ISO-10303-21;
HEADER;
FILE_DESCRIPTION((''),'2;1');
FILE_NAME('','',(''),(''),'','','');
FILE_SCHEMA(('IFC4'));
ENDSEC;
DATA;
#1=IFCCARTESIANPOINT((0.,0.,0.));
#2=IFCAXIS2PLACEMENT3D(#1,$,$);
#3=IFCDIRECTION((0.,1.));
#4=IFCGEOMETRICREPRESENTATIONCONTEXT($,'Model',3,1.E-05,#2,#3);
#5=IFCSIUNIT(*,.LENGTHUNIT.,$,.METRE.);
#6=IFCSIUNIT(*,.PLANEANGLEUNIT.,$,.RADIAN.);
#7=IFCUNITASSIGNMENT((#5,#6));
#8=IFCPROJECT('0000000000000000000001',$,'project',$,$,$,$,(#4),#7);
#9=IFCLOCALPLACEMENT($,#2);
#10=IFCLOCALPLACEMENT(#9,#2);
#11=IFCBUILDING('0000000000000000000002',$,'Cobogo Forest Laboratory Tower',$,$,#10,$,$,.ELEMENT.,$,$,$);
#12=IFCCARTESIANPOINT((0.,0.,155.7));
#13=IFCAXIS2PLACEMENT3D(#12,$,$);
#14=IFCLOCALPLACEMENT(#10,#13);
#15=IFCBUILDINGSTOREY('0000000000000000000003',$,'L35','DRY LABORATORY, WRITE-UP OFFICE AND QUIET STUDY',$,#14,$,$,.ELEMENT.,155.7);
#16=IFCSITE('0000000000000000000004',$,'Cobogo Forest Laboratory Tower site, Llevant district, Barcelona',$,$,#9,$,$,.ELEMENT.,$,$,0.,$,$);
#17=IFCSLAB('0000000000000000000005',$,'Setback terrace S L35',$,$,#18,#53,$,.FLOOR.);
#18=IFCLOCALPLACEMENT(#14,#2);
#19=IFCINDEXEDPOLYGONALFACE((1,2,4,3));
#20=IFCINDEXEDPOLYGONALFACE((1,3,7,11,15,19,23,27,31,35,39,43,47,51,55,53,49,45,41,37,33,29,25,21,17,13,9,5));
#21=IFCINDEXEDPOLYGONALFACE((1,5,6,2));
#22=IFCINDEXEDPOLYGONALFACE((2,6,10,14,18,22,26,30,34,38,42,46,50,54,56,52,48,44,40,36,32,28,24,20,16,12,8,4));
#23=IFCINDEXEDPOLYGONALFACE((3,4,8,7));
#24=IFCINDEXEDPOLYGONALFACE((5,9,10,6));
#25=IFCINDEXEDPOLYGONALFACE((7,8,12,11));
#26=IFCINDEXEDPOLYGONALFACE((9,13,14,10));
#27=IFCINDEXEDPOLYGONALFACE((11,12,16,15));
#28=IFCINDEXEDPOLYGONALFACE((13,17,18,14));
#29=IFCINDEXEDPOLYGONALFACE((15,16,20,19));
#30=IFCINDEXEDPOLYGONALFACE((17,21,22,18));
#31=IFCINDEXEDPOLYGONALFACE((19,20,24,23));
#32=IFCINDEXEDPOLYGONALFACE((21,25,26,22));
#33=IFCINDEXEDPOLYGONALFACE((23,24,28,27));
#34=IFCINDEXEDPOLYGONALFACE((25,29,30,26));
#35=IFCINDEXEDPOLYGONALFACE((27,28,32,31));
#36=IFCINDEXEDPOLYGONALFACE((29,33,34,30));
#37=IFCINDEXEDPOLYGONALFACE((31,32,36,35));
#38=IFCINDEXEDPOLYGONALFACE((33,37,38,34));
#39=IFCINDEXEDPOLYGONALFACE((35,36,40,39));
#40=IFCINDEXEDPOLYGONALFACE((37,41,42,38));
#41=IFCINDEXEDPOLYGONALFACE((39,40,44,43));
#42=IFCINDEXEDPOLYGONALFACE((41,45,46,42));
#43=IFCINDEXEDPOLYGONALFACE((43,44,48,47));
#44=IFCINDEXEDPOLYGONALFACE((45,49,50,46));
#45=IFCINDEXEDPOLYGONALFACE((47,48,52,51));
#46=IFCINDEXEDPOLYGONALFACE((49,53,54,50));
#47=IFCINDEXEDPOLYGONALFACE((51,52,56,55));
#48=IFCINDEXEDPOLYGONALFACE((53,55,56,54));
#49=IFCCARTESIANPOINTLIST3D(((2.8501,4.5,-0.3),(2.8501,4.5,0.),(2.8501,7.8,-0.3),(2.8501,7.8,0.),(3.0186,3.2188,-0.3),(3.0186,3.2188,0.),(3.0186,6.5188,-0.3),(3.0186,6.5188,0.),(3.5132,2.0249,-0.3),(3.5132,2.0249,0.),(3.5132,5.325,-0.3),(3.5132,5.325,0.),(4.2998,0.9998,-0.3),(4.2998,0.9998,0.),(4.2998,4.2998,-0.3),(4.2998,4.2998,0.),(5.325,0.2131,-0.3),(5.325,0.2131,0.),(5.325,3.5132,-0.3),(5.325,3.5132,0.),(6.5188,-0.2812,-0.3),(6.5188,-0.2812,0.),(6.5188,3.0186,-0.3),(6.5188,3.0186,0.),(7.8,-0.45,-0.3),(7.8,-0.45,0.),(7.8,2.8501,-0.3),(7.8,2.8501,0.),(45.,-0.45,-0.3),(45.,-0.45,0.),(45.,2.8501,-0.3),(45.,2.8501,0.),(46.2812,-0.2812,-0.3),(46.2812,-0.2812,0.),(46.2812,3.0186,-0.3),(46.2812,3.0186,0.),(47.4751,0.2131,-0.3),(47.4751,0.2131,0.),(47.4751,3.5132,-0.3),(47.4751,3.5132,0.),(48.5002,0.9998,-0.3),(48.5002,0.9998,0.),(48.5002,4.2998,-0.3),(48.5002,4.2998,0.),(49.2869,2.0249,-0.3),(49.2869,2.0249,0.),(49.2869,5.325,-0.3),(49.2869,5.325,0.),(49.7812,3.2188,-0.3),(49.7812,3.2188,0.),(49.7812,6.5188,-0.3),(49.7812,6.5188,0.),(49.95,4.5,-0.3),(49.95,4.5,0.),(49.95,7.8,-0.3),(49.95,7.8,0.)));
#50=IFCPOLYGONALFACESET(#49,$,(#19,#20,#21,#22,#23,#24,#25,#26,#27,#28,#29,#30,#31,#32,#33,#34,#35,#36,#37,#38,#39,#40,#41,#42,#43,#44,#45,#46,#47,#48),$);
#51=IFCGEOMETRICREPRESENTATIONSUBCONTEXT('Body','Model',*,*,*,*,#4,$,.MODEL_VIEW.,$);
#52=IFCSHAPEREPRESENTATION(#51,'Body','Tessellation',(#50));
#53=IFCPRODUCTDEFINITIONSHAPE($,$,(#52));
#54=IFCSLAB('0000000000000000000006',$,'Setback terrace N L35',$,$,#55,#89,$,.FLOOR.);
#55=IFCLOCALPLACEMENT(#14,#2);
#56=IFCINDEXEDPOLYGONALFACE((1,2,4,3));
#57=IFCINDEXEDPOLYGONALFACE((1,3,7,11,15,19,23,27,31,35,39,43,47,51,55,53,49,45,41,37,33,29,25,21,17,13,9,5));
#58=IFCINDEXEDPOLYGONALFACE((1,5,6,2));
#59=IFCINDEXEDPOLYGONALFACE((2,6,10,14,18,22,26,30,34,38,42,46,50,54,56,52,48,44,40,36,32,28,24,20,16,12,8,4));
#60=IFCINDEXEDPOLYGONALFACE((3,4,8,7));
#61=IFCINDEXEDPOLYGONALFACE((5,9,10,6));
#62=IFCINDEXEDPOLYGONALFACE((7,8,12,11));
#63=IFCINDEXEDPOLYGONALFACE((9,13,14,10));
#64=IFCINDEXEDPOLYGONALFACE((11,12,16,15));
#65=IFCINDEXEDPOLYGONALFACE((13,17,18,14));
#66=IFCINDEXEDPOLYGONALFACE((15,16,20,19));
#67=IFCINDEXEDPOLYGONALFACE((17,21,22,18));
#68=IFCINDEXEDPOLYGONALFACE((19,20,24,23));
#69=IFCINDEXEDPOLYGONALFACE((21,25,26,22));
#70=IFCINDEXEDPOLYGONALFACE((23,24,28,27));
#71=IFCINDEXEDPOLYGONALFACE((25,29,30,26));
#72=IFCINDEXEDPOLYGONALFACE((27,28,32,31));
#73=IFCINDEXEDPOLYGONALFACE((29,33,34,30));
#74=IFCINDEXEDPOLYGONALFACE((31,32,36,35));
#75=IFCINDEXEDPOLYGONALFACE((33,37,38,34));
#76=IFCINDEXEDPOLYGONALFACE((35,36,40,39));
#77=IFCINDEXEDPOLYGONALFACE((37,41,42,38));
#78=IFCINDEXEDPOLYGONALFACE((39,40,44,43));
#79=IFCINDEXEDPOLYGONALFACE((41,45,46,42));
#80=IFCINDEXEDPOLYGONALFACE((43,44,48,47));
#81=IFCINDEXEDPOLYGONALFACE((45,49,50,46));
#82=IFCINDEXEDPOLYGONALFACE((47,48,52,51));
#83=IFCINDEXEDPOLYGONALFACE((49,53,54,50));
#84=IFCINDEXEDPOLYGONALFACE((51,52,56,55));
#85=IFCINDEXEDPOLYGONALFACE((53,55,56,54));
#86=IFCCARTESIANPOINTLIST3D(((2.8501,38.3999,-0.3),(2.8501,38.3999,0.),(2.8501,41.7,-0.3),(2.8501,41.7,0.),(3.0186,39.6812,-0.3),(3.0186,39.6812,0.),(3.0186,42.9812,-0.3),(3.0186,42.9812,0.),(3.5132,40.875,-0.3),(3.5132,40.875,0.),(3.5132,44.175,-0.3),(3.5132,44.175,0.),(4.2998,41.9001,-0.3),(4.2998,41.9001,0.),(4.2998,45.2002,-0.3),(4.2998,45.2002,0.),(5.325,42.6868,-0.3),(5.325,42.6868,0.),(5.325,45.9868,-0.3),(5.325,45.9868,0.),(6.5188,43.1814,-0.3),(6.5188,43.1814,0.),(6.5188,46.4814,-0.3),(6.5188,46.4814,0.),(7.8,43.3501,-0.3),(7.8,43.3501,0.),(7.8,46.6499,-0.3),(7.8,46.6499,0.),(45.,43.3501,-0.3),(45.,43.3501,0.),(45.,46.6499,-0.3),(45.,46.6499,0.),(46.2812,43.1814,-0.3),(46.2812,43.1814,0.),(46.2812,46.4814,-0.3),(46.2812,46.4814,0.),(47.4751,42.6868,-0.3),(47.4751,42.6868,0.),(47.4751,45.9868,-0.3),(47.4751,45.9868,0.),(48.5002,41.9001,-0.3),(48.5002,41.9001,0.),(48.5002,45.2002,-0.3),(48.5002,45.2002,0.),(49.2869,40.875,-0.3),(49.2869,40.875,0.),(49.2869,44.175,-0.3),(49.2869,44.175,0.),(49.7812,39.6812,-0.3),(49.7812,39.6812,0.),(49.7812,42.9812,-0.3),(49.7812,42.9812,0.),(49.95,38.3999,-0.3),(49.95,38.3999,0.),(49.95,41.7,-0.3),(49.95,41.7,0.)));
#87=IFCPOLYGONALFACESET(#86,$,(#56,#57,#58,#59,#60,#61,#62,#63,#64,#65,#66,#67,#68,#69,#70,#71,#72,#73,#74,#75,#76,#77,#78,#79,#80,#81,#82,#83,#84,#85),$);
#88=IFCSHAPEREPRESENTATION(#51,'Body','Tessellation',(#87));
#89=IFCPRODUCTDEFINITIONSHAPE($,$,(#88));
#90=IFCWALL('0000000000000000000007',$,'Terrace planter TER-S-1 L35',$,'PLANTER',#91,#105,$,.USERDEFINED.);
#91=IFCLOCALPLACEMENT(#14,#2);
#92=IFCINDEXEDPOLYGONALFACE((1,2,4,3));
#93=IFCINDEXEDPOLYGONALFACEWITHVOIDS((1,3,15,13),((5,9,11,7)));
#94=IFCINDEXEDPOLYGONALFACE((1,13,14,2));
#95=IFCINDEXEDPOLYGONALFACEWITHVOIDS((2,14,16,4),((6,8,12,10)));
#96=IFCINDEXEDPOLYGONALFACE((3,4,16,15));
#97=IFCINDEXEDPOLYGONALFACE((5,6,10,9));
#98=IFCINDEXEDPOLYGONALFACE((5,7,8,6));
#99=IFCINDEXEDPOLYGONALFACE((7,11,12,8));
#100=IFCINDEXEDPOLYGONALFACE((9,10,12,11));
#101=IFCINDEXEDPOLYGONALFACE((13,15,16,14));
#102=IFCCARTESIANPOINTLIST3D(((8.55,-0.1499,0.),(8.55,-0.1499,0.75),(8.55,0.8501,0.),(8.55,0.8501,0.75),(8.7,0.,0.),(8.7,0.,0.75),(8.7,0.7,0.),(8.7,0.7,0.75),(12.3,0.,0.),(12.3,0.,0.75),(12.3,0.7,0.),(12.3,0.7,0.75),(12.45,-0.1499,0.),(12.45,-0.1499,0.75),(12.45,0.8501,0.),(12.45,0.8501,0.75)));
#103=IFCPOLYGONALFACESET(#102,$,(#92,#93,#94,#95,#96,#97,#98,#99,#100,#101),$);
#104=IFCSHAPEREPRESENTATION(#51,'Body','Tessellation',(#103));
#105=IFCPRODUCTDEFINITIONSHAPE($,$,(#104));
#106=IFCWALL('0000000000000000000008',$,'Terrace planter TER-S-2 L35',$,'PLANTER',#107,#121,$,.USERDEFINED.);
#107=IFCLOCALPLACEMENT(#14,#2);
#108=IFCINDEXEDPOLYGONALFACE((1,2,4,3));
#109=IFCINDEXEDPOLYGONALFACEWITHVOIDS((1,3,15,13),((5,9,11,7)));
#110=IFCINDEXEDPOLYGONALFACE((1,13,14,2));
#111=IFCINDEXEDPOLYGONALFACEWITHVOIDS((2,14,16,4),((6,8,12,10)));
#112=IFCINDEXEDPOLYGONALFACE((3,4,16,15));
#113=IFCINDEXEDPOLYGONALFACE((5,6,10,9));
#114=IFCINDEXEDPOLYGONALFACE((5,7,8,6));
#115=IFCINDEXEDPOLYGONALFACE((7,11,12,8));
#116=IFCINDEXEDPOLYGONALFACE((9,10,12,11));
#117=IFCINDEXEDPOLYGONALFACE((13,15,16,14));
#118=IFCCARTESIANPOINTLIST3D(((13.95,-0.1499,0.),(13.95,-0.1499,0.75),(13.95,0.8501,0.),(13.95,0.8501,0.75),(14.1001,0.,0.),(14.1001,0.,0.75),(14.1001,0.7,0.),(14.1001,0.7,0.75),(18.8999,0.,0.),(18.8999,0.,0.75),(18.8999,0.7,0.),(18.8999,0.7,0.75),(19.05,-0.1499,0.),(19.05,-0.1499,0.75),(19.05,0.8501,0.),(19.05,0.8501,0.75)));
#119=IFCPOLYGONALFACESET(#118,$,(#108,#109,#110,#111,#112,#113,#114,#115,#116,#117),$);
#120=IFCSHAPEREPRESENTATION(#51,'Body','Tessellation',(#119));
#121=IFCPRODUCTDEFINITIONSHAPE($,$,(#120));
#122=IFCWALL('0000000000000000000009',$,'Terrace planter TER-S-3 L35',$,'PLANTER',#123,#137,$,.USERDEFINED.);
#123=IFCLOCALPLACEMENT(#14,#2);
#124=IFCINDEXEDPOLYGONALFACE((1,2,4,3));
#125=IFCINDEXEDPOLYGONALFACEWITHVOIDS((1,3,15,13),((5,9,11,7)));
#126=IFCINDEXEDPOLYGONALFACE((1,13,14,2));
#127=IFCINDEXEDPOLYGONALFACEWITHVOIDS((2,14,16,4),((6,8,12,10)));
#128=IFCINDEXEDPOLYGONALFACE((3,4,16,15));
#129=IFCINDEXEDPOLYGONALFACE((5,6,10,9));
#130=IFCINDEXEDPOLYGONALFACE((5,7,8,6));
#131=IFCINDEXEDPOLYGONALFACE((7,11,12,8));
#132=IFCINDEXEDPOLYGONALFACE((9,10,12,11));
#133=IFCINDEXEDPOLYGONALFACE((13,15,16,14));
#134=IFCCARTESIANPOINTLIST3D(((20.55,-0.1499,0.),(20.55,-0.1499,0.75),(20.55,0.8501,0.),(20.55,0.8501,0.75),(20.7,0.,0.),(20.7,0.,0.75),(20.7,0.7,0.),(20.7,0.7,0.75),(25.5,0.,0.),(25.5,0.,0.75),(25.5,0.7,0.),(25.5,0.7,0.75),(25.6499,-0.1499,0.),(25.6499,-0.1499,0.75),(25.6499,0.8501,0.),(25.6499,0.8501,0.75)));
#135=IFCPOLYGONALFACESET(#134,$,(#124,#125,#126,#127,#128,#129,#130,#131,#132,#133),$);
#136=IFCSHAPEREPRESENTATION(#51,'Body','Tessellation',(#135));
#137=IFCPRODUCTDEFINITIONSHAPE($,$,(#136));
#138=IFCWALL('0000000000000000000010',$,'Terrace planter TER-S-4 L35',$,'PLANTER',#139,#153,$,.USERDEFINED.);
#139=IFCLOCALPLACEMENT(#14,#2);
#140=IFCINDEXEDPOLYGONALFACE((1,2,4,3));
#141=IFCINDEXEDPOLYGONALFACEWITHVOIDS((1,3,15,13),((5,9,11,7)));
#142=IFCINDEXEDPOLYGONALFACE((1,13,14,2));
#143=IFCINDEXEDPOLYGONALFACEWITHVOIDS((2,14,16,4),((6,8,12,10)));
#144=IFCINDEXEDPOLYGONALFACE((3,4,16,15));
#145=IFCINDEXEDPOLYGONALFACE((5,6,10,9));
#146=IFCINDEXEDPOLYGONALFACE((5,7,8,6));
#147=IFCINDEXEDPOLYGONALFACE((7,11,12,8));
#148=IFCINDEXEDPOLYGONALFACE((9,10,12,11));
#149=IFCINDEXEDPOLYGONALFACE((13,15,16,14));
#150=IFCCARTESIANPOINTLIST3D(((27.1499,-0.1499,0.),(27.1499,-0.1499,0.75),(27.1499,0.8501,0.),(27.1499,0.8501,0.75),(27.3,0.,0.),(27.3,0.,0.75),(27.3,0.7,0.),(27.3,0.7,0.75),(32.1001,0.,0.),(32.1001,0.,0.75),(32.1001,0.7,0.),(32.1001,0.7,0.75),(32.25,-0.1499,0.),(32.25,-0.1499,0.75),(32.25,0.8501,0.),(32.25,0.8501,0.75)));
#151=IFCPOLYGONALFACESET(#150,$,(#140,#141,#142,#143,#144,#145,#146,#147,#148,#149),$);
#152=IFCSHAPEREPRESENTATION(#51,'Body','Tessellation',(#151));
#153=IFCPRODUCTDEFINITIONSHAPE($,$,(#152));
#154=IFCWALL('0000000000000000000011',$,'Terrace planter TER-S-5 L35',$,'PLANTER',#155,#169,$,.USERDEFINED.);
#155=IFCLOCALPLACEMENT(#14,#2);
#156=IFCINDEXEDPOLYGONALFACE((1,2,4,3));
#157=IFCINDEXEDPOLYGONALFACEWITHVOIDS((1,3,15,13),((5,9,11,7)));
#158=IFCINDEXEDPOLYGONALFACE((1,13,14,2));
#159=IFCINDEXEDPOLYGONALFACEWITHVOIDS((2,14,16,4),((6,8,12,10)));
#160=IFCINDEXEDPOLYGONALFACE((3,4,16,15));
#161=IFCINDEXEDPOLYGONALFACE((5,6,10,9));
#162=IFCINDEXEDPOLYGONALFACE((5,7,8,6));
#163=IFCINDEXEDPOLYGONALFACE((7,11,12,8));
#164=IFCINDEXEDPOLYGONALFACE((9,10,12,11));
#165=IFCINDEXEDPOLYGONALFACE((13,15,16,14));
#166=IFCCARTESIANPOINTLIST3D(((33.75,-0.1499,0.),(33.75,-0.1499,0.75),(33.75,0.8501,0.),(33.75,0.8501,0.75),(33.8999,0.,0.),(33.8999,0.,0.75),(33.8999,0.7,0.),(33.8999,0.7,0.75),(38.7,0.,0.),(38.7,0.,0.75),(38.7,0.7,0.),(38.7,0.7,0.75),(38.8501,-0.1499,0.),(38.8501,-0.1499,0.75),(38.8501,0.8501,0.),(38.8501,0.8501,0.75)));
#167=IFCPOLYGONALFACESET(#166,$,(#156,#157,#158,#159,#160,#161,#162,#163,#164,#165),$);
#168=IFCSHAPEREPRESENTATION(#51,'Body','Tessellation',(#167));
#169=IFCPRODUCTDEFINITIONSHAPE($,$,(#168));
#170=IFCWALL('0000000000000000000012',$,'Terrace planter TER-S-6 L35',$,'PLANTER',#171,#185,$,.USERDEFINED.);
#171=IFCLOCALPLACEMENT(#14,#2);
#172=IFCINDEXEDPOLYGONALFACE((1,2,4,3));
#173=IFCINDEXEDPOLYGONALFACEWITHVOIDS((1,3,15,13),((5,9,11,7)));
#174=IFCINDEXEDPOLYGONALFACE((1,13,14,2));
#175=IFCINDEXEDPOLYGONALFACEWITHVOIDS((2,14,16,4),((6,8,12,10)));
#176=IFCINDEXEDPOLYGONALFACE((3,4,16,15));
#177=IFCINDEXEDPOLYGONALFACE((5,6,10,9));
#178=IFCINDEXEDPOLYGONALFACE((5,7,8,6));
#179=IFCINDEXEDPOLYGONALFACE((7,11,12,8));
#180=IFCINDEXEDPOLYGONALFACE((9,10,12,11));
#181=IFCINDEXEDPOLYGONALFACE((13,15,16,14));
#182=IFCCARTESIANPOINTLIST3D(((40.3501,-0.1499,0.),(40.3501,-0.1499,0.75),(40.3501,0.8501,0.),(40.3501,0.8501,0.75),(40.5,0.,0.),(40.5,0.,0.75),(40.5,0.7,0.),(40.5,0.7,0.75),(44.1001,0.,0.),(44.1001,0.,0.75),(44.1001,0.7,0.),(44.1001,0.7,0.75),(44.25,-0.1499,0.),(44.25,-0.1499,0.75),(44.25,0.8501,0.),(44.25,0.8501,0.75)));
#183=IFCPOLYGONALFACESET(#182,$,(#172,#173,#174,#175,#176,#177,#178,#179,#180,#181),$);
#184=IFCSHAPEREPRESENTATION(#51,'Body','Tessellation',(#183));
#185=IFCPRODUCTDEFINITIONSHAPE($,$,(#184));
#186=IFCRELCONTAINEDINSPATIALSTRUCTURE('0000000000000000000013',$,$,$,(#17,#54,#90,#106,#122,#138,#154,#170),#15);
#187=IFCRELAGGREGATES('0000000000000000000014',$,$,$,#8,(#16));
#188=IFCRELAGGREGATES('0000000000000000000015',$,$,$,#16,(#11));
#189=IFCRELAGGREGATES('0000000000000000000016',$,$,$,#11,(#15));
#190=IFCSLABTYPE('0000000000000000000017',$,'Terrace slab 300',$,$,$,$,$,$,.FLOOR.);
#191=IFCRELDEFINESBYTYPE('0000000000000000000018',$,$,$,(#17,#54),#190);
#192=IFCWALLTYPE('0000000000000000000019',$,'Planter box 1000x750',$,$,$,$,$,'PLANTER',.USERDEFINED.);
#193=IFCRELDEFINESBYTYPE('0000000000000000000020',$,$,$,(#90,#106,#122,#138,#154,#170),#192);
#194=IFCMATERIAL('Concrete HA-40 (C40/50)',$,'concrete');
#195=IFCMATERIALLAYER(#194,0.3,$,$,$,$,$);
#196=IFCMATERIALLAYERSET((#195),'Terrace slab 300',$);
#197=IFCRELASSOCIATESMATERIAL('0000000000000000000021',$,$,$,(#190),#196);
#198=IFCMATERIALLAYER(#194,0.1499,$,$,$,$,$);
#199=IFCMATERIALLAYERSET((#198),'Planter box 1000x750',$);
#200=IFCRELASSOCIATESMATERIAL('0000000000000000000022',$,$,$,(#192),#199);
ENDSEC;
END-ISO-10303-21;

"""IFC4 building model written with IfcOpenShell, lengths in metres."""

from ifc_helpers import new_model, si_unit, direction, frame, origin, place, context, subcontext, project, spatial, polyline, outline, extrude, material, layer, layer_set, type_object, element, save


model = new_model("IFC4")

# Units and contexts
model_context = context("Model", 3, precision=1e-05, world=origin(), true_north=direction((0.0, 1.0)))
body_context = subcontext(model_context, "Body", "Model", "MODEL_VIEW")
ifc_project = project(units=[si_unit("LENGTHUNIT", "METRE"), si_unit("PLANEANGLEUNIT", "RADIAN")], contexts=[model_context])

# Site, building, storey
site_placement = place(None, origin())
site = spatial("IfcSite", under=ifc_project, at=site_placement, Name="Cobogo Forest Laboratory Tower site, Llevant district, Barcelona", CompositionType="ELEMENT", RefElevation=0.0)
building_placement = place(site_placement, origin())
building = spatial("IfcBuilding", under=site, at=building_placement, Name="Cobogo Forest Laboratory Tower", CompositionType="ELEMENT")
storey_placement = place(building_placement, frame((0.0, 0.0, 155.7)))
storey = spatial("IfcBuildingStorey", under=building, at=storey_placement, Name="L35", Description="DRY LABORATORY, WRITE-UP OFFICE AND QUIET STUDY", CompositionType="ELEMENT", Elevation=155.7)

# Shared definitions
ifc_material_1 = material(Name="Concrete HA-40 (C40/50)", Category="concrete")

# Slabs
ifc_layer_1 = layer(ifc_material_1, 0.3)
ifc_layer_set_1 = layer_set([ifc_layer_1], Name="Terrace slab 300")
slab_type_1 = type_object("IfcSlabType", Name="Terrace slab 300", PredefinedType="FLOOR", material=ifc_layer_set_1)
slab_1_placement = place(storey_placement, frame((0.0, 0.0, -0.3)))
element("IfcSlab", 1, at=slab_1_placement, inside=storey, type_object=slab_type_1, Name="Setback terrace S L35", PredefinedType="FLOOR", context=body_context, shape_type="SweptSolid", body=[
    extrude(outline(polyline([(49.95, 4.5), (49.95, 7.8), (49.7812, 6.5188), (49.2869, 5.325), (48.5002, 4.2998), (47.4751, 3.5132), (46.2812, 3.0186), (45.0, 2.8501), (7.8, 2.8501), (6.5188, 3.0186), (5.325, 3.5132), (4.2998, 4.2998), (3.5132, 5.325), (3.0186, 6.5188), (2.8501, 7.8), (2.8501, 4.5), (3.0186, 3.2188), (3.5132, 2.0249), (4.2998, 0.9998), (5.325, 0.2131), (6.5188, -0.2812), (7.8, -0.45), (45.0, -0.45), (46.2812, -0.2812), (47.4751, 0.2131), (48.5002, 0.9998), (49.2869, 2.0249), (49.7812, 3.2188), (49.95, 4.5)])), origin(), (0.0, 0.0, 1.0), 0.3),
])
slab_2_placement = place(storey_placement, frame((0.0, 0.0, -0.3)))
element("IfcSlab", 2, at=slab_2_placement, inside=storey, type_object=slab_type_1, Name="Setback terrace N L35", PredefinedType="FLOOR", context=body_context, shape_type="SweptSolid", body=[
    extrude(outline(polyline([(2.8501, 41.7), (2.8501, 38.3999), (3.0186, 39.6812), (3.5132, 40.875), (4.2998, 41.9001), (5.325, 42.6868), (6.5188, 43.1814), (7.8, 43.3501), (45.0, 43.3501), (46.2812, 43.1814), (47.4751, 42.6868), (48.5002, 41.9001), (49.2869, 40.875), (49.7812, 39.6812), (49.95, 38.3999), (49.95, 41.7), (49.7812, 42.9812), (49.2869, 44.175), (48.5002, 45.2002), (47.4751, 45.9868), (46.2812, 46.4814), (45.0, 46.6499), (7.8, 46.6499), (6.5188, 46.4814), (5.325, 45.9868), (4.2998, 45.2002), (3.5132, 44.175), (3.0186, 42.9812), (2.8501, 41.7)])), origin(), (0.0, 0.0, 1.0), 0.3),
])

# Walls
ifc_layer_2 = layer(ifc_material_1, 0.1499)
ifc_layer_set_2 = layer_set([ifc_layer_2], Name="Planter box 1000x750")
wall_type = type_object("IfcWallType", Name="Planter box 1000x750", ElementType="PLANTER", PredefinedType="USERDEFINED", material=ifc_layer_set_2)
wall_1_placement = place(storey_placement, origin())
element("IfcWall", 3, at=wall_1_placement, inside=storey, type_object=wall_type, Name="Terrace planter TER-S-1 L35", ObjectType="PLANTER", PredefinedType="USERDEFINED", context=body_context, shape_type="SweptSolid", body=[
    extrude(outline(polyline([(8.55, -0.1499), (12.45, -0.1499), (12.45, 0.8501), (8.55, 0.8501), (8.55, -0.1499)]), holes=[polyline([(8.7, 0.0), (12.3, 0.0), (12.3, 0.7), (8.7, 0.7), (8.7, 0.0)])]), origin(), (0.0, 0.0, 1.0), 0.75),
])
wall_2_placement = place(storey_placement, origin())
element("IfcWall", 4, at=wall_2_placement, inside=storey, type_object=wall_type, Name="Terrace planter TER-S-2 L35", ObjectType="PLANTER", PredefinedType="USERDEFINED", context=body_context, shape_type="SweptSolid", body=[
    extrude(outline(polyline([(13.95, -0.1499), (19.05, -0.1499), (19.05, 0.8501), (13.95, 0.8501), (13.95, -0.1499)]), holes=[polyline([(14.1001, 0.0), (18.8999, 0.0), (18.8999, 0.7), (14.1001, 0.7), (14.1001, 0.0)])]), origin(), (0.0, 0.0, 1.0), 0.75),
])
wall_3_placement = place(storey_placement, origin())
element("IfcWall", 5, at=wall_3_placement, inside=storey, type_object=wall_type, Name="Terrace planter TER-S-3 L35", ObjectType="PLANTER", PredefinedType="USERDEFINED", context=body_context, shape_type="SweptSolid", body=[
    extrude(outline(polyline([(20.55, -0.1499), (25.6499, -0.1499), (25.6499, 0.8501), (20.55, 0.8501), (20.55, -0.1499)]), holes=[polyline([(20.7, 0.0), (25.5, 0.0), (25.5, 0.7), (20.7, 0.7), (20.7, 0.0)])]), origin(), (0.0, 0.0, 1.0), 0.75),
])
wall_4_placement = place(storey_placement, origin())
element("IfcWall", 6, at=wall_4_placement, inside=storey, type_object=wall_type, Name="Terrace planter TER-S-4 L35", ObjectType="PLANTER", PredefinedType="USERDEFINED", context=body_context, shape_type="SweptSolid", body=[
    extrude(outline(polyline([(27.1499, -0.1499), (32.25, -0.1499), (32.25, 0.8501), (27.1499, 0.8501), (27.1499, -0.1499)]), holes=[polyline([(27.3, 0.0), (32.1001, 0.0), (32.1001, 0.7), (27.3, 0.7), (27.3, 0.0)])]), origin(), (0.0, 0.0, 1.0), 0.75),
])
wall_5_placement = place(storey_placement, origin())
element("IfcWall", 7, at=wall_5_placement, inside=storey, type_object=wall_type, Name="Terrace planter TER-S-5 L35", ObjectType="PLANTER", PredefinedType="USERDEFINED", context=body_context, shape_type="SweptSolid", body=[
    extrude(outline(polyline([(33.75, -0.1499), (38.8501, -0.1499), (38.8501, 0.8501), (33.75, 0.8501), (33.75, -0.1499)]), holes=[polyline([(33.8999, 0.0), (38.7, 0.0), (38.7, 0.7), (33.8999, 0.7), (33.8999, 0.0)])]), origin(), (0.0, 0.0, 1.0), 0.75),
])
wall_6_placement = place(storey_placement, origin())
element("IfcWall", 8, at=wall_6_placement, inside=storey, type_object=wall_type, Name="Terrace planter TER-S-6 L35", ObjectType="PLANTER", PredefinedType="USERDEFINED", context=body_context, shape_type="SweptSolid", body=[
    extrude(outline(polyline([(40.3501, -0.1499), (44.25, -0.1499), (44.25, 0.8501), (40.3501, 0.8501), (40.3501, -0.1499)]), holes=[polyline([(40.5, 0.0), (44.1001, 0.0), (44.1001, 0.7), (40.5, 0.7), (40.5, 0.0)])]), origin(), (0.0, 0.0, 1.0), 0.75),
])

save(model, "model.ifc")
